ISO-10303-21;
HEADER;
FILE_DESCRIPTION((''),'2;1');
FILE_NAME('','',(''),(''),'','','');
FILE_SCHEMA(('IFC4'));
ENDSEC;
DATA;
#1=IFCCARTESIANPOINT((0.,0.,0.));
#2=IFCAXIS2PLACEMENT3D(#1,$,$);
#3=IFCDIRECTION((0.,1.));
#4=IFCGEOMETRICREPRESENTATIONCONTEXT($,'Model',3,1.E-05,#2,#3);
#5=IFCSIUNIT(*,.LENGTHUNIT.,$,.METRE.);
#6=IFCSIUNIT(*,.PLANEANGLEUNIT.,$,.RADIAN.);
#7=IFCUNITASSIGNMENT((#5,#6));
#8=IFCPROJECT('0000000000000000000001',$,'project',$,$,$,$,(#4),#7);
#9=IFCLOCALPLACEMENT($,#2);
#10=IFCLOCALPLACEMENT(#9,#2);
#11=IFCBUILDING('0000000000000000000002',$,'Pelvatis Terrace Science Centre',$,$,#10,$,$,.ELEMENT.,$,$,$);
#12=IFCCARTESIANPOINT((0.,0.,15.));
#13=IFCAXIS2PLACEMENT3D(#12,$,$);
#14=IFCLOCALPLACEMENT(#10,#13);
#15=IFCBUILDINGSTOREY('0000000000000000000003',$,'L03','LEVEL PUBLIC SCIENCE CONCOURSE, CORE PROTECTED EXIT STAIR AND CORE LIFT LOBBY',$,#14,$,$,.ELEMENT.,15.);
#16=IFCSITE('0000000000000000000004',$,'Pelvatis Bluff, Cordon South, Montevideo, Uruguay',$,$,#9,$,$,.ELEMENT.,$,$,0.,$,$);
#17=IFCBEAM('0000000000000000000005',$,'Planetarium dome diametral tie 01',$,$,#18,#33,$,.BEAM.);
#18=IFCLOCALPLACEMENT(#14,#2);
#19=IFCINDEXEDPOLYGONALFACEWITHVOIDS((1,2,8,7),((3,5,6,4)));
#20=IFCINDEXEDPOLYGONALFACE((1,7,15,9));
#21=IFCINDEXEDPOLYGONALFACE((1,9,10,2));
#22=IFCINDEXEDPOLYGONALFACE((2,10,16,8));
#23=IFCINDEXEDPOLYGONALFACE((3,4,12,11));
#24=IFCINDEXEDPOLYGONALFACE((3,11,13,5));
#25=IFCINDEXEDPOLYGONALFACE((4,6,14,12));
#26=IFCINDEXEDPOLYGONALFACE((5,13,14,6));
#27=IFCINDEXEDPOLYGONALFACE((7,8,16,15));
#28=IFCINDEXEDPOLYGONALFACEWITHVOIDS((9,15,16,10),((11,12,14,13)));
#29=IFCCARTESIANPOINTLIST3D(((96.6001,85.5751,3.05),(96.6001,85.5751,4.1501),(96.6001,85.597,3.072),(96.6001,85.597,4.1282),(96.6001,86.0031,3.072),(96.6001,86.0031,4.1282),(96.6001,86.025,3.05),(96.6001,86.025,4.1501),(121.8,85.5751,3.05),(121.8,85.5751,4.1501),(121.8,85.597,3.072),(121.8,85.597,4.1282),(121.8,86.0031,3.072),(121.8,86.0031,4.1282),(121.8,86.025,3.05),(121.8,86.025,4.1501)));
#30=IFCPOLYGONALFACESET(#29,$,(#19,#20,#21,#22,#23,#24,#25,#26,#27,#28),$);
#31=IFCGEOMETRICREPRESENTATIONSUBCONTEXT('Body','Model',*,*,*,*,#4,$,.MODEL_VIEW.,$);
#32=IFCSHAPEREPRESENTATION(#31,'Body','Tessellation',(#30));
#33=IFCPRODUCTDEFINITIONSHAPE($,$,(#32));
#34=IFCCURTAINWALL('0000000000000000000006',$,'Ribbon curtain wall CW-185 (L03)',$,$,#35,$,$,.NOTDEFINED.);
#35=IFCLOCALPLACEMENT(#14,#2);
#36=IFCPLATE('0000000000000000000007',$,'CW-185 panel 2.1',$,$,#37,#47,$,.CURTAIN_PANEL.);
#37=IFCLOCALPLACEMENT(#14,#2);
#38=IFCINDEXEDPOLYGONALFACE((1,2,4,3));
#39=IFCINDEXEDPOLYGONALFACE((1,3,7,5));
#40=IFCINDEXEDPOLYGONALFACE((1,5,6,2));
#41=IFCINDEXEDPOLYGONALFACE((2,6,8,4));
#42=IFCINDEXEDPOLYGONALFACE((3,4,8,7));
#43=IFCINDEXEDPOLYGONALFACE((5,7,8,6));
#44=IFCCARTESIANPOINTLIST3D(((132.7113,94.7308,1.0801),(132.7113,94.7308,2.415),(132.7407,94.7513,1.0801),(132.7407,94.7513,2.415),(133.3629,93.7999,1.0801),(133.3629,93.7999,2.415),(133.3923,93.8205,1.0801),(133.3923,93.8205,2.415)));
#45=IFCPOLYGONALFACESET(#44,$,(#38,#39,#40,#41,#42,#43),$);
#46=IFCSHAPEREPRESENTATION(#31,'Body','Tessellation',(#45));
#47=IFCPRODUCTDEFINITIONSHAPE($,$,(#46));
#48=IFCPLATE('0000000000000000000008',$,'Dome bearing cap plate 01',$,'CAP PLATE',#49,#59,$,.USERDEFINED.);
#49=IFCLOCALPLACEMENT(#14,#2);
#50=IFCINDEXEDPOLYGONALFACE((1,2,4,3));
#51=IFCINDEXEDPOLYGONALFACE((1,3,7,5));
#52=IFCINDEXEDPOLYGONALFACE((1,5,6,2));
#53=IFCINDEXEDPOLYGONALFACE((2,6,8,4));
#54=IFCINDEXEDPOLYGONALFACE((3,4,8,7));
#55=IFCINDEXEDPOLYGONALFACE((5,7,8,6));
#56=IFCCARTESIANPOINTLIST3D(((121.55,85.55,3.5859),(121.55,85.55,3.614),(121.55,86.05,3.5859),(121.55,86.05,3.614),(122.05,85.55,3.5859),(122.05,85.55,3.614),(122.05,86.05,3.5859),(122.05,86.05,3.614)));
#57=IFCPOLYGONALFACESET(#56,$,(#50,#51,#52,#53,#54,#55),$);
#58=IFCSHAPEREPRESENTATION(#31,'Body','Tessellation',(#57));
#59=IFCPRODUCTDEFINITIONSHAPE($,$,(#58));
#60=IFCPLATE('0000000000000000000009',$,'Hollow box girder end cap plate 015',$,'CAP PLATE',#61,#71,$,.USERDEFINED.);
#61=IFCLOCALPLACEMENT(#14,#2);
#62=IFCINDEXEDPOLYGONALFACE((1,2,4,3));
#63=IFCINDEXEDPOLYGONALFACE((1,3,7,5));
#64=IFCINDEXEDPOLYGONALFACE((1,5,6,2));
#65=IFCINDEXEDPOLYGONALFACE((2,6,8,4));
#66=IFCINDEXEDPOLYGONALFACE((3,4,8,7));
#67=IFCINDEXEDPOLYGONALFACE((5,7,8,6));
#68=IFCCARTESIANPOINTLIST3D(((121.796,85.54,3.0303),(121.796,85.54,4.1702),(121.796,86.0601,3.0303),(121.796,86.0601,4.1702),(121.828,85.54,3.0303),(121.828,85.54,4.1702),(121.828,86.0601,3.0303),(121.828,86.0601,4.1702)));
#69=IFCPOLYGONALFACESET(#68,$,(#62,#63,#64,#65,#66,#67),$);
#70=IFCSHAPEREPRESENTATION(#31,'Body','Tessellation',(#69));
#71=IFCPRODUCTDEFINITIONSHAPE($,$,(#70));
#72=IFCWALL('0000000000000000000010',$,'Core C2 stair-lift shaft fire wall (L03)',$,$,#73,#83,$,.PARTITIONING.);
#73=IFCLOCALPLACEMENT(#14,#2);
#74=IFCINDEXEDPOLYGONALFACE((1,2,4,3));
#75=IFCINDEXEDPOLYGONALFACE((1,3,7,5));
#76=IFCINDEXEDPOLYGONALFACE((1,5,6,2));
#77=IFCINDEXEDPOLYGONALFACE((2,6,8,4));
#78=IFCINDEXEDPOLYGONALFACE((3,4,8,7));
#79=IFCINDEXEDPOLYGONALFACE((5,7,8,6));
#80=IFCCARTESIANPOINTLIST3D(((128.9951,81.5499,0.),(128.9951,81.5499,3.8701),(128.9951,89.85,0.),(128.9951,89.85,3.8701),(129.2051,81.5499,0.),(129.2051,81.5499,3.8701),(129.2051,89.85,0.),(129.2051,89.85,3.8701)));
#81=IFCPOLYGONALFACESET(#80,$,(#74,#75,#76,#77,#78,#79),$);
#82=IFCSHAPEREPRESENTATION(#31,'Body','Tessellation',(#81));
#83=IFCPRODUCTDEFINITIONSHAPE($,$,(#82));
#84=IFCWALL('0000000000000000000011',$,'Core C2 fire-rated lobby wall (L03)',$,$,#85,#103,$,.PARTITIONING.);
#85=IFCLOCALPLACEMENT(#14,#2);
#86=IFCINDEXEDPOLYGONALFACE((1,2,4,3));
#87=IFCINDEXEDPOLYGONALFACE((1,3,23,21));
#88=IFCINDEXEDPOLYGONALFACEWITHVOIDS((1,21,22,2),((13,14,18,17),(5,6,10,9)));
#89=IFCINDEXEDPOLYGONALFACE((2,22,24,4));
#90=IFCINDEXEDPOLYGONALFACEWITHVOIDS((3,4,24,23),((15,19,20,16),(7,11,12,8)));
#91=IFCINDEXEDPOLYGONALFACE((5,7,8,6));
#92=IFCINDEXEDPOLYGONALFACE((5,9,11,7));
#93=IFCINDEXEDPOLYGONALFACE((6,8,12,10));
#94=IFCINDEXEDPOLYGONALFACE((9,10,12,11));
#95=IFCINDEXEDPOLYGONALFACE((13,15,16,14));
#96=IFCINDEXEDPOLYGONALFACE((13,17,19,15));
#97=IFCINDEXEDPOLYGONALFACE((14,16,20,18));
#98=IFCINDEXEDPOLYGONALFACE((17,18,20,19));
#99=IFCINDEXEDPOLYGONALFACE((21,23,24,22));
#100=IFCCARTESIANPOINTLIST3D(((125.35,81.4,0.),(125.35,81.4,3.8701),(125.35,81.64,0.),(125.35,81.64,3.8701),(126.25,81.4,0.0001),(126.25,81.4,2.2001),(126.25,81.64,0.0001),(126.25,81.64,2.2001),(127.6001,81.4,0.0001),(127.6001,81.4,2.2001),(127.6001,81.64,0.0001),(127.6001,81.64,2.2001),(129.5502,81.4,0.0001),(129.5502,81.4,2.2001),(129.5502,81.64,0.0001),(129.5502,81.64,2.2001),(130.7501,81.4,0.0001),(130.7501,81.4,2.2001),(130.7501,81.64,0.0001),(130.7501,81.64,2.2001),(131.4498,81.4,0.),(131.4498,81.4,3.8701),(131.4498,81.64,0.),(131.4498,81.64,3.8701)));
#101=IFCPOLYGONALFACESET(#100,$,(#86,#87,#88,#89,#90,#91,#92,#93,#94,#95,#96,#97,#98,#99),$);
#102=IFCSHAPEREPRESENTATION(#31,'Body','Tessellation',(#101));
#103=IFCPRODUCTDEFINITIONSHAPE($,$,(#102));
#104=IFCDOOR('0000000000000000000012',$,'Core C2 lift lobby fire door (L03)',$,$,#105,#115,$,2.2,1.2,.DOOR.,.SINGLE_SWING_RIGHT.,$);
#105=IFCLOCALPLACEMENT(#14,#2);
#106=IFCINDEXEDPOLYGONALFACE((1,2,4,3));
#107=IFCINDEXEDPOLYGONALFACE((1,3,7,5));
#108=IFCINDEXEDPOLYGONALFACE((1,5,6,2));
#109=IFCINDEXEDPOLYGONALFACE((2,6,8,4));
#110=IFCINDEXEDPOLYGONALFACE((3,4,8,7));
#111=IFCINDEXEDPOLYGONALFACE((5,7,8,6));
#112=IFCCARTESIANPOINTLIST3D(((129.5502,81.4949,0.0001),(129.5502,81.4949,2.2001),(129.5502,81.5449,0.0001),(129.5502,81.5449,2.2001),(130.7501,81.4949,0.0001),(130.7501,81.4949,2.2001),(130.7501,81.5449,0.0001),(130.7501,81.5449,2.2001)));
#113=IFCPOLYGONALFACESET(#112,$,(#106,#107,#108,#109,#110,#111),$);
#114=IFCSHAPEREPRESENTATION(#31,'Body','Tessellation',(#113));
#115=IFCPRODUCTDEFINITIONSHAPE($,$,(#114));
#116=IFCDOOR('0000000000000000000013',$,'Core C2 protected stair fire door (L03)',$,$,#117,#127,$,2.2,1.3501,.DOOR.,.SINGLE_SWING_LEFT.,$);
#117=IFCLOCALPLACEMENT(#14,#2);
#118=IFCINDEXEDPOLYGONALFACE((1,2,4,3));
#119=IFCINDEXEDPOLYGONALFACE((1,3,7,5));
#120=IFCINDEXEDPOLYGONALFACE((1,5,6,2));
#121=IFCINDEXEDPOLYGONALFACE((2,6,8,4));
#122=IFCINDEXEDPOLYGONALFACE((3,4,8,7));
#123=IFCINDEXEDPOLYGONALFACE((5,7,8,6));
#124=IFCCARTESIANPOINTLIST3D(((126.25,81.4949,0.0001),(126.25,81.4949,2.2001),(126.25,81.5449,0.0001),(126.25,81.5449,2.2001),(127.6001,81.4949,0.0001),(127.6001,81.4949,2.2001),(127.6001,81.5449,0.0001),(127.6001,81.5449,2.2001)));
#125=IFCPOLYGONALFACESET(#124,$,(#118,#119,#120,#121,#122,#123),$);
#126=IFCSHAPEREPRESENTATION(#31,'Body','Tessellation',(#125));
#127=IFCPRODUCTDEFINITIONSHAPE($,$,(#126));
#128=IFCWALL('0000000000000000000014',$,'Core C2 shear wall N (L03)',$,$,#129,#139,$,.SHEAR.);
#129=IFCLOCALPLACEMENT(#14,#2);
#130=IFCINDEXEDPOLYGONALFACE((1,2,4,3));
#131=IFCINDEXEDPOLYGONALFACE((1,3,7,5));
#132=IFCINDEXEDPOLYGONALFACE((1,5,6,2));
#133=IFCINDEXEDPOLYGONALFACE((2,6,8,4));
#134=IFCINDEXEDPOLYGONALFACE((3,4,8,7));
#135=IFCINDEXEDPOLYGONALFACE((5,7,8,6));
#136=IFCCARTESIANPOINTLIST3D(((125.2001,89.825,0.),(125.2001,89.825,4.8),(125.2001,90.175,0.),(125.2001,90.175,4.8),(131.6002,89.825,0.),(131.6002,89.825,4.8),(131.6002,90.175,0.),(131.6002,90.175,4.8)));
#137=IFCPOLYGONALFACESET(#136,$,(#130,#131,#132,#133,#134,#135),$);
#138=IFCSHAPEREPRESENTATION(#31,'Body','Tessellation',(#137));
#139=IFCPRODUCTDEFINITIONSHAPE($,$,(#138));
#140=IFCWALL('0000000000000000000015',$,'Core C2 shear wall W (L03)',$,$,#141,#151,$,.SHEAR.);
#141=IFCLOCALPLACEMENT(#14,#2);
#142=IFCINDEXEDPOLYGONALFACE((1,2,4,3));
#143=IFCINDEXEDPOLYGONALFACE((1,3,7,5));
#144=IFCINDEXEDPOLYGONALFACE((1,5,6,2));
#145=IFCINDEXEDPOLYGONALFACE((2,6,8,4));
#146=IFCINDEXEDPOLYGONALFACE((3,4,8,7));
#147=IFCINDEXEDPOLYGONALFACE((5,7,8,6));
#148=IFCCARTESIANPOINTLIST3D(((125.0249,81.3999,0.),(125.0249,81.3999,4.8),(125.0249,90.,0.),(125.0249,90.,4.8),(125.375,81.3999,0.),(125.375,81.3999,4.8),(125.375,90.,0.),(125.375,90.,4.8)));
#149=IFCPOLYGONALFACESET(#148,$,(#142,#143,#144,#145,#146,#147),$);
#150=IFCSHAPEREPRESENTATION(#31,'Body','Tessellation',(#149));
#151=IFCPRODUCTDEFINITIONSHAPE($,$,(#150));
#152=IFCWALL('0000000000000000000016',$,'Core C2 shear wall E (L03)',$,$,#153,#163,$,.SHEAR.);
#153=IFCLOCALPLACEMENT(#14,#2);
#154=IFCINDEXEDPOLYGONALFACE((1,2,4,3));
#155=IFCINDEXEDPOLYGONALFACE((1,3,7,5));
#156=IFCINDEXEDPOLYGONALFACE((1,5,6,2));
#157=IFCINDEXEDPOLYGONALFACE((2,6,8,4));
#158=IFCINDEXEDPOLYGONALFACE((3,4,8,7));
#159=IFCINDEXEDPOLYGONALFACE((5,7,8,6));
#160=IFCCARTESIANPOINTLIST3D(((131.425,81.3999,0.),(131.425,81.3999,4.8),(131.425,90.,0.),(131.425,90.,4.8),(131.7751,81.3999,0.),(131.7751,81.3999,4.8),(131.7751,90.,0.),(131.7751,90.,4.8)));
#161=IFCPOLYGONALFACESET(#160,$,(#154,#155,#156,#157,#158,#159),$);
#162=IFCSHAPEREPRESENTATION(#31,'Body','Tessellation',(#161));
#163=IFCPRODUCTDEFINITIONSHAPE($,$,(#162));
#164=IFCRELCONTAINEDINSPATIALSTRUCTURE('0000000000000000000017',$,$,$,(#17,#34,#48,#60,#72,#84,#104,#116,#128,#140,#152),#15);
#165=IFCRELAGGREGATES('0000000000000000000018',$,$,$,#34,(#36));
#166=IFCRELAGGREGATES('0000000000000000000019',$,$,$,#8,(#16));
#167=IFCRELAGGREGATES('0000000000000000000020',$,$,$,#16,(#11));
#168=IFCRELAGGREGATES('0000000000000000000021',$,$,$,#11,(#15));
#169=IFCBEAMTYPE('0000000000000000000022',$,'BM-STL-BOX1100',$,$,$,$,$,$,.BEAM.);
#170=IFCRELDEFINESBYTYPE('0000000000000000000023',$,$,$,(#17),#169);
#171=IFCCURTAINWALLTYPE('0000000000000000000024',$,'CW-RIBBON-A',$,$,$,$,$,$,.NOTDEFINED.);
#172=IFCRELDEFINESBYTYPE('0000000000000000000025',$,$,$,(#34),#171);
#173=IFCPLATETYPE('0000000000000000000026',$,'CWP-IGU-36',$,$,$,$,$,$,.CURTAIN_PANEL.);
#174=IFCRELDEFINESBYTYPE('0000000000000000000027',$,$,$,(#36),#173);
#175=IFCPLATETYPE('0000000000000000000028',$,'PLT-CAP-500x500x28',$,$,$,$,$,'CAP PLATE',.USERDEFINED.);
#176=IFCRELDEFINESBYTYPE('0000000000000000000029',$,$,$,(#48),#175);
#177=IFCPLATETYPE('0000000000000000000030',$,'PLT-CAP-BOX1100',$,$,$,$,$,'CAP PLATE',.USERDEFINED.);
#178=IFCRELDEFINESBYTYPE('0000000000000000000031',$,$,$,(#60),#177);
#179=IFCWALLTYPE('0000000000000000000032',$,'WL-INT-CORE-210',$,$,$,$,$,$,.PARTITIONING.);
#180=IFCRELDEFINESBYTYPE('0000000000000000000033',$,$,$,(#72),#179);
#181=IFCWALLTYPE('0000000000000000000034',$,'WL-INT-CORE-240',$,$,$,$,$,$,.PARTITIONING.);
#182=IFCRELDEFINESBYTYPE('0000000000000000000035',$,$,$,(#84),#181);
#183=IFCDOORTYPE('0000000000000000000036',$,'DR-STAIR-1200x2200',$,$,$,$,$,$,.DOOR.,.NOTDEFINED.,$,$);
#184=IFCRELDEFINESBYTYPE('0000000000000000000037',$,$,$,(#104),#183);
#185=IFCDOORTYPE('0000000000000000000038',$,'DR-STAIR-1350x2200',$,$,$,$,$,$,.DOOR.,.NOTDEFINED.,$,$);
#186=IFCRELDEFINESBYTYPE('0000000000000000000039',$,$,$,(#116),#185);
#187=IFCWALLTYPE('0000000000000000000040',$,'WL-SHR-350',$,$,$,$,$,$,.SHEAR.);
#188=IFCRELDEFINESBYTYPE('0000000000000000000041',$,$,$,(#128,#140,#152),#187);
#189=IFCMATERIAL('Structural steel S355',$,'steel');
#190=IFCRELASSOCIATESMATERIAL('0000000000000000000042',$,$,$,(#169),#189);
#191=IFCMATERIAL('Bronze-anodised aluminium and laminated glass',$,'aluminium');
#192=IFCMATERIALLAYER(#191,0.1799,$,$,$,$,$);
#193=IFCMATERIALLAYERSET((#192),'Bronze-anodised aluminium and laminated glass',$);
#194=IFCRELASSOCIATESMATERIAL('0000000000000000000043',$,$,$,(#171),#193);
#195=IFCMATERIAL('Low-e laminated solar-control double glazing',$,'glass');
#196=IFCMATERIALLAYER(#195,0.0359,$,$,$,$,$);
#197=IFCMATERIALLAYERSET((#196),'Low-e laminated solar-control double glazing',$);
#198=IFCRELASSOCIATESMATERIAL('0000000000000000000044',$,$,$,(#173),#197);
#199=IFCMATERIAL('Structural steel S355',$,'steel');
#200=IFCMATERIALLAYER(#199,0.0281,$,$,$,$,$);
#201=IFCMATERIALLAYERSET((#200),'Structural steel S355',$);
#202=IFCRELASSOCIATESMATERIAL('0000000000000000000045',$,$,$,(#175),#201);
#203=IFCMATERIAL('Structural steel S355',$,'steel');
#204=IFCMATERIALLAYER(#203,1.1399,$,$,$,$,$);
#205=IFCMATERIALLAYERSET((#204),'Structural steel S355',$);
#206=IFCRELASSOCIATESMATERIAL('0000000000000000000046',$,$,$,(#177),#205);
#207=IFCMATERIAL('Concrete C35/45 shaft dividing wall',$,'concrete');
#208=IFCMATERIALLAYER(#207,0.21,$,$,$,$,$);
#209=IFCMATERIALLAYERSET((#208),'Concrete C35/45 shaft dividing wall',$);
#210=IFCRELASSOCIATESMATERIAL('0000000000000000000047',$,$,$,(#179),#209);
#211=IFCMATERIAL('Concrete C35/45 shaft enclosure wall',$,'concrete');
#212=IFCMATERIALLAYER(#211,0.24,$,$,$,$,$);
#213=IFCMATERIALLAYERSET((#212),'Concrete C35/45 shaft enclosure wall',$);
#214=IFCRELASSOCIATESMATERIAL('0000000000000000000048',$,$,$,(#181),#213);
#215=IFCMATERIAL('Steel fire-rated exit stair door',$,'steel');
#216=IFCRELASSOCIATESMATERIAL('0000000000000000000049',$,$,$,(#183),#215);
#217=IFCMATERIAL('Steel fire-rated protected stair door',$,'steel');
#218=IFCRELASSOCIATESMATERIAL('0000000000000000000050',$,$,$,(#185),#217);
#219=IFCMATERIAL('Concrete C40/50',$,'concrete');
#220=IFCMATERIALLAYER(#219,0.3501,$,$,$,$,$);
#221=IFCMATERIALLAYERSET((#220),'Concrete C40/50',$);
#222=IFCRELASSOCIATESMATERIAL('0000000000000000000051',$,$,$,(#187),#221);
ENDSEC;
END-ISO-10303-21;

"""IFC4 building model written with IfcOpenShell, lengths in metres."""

from ifc_helpers import new_model, si_unit, direction, frame, frame_2d, origin, origin_2d, place, context, subcontext, project, spatial, rectangle, hollow_rectangle, extrude, material, layer, layer_set, material_profile, profile_set, type_object, element, fill, aggregate, save


model = new_model("IFC4")

# Units and contexts
model_context = context("Model", 3, precision=1e-05, world=origin(), true_north=direction((0.0, 1.0)))
body_context = subcontext(model_context, "Body", "Model", "MODEL_VIEW")
ifc_project = project(units=[si_unit("LENGTHUNIT", "METRE"), si_unit("PLANEANGLEUNIT", "RADIAN")], contexts=[model_context])

# Site, building, storey
site_placement = place(None, origin())
site = spatial("IfcSite", under=ifc_project, at=site_placement, Name="Pelvatis Bluff, Cordon South, Montevideo, Uruguay", CompositionType="ELEMENT", RefElevation=0.0)
building_placement = place(site_placement, origin())
building = spatial("IfcBuilding", under=site, at=building_placement, Name="Pelvatis Terrace Science Centre", CompositionType="ELEMENT")
storey_placement = place(building_placement, frame((0.0, 0.0, 15.0)))
storey = spatial("IfcBuildingStorey", under=building, at=storey_placement, Name="L03", Description="LEVEL PUBLIC SCIENCE CONCOURSE, CORE PROTECTED EXIT STAIR AND CORE LIFT LOBBY", CompositionType="ELEMENT", Elevation=15.0)

# Beam
ifc_material_1 = material(Name="Structural steel S355", Category="steel")
ifc_material_profile_1 = material_profile(ifc_material_1, hollow_rectangle(XDim=0.45, YDim=1.1001, WallThickness=0.022, at=origin_2d()), Name="RHS 1100x450x22.0")
ifc_profile_set_1 = profile_set([ifc_material_profile_1], Name="Structural steel S355")
beam_type_1 = type_object("IfcBeamType", Name="BM-STL-BOX1100", PredefinedType="BEAM", material=ifc_profile_set_1)
beam_1_placement = place(storey_placement, frame((121.8, 85.8, 3.6001), z_axis=(-1.0, 0.0, 0.0), x_axis=(0.0, -1.0, 0.0)))
element("IfcBeam", 1, at=beam_1_placement, inside=storey, type_object=beam_type_1, Name="Planetarium dome diametral tie 01", PredefinedType="BEAM", context=body_context, shape_type="SweptSolid", body=[
    extrude(hollow_rectangle(XDim=0.45, YDim=1.1001, WallThickness=0.022, at=origin_2d()), origin(), (0.0, 0.0, 1.0), 25.2),
])

# Curtain wall, plate
ifc_material_2 = material(Name="Bronze-anodised aluminium and laminated glass", Category="aluminium")
ifc_layer_1 = layer(ifc_material_2, 0.1799)
ifc_layer_set_1 = layer_set([ifc_layer_1], Name="Bronze-anodised aluminium and laminated glass")
curtain_wall_type = type_object("IfcCurtainWallType", Name="CW-RIBBON-A", PredefinedType="NOTDEFINED", material=ifc_layer_set_1)
curtain_wall_placement = place(storey_placement, origin())
curtain_wall = element("IfcCurtainWall", 2, at=curtain_wall_placement, inside=storey, type_object=curtain_wall_type, Name="Ribbon curtain wall CW-185 (L03)", PredefinedType="NOTDEFINED")
ifc_material_3 = material(Name="Low-e laminated solar-control double glazing", Category="glass")
ifc_layer_2 = layer(ifc_material_3, 0.0359)
ifc_layer_set_2 = layer_set([ifc_layer_2], Name="Low-e laminated solar-control double glazing")
plate_type_1 = type_object("IfcPlateType", Name="CWP-IGU-36", PredefinedType="CURTAIN_PANEL", material=ifc_layer_set_2)
plate_1_placement = place(storey_placement, frame((133.0518, 94.2756, 1.0801), z_axis=(0.0, 0.0, 1.0), x_axis=(-0.573468, 0.819228, 0.0)))
plate_1 = element("IfcPlate", 3, at=plate_1_placement, type_object=plate_type_1, Name="CW-185 panel 2.1", PredefinedType="CURTAIN_PANEL", context=body_context, shape_type="SweptSolid", body=[
    extrude(rectangle(XDim=1.1362, YDim=0.0359, at=origin_2d()), origin(), (0.0, 0.0, 1.0), 1.335),
])
aggregate(curtain_wall, [plate_1])

# Plates
ifc_material_4 = material(Name="Structural steel S355", Category="steel")
ifc_layer_3 = layer(ifc_material_4, 0.0281)
ifc_layer_set_3 = layer_set([ifc_layer_3], Name="Structural steel S355")
plate_type_2 = type_object("IfcPlateType", Name="PLT-CAP-500x500x28", ElementType="CAP PLATE", PredefinedType="USERDEFINED", material=ifc_layer_set_3)
plate_2_placement = place(storey_placement, frame((121.8, 85.8, 3.5859), z_axis=(0.0, 0.0, 1.0), x_axis=(1.0, 0.0, 0.0)))
element("IfcPlate", 4, at=plate_2_placement, inside=storey, type_object=plate_type_2, Name="Dome bearing cap plate 01", ObjectType="CAP PLATE", PredefinedType="USERDEFINED", context=body_context, shape_type="SweptSolid", body=[
    extrude(rectangle(XDim=0.5, YDim=0.5, at=origin_2d()), origin(), (0.0, 0.0, 1.0), 0.0281),
])
ifc_material_5 = material(Name="Structural steel S355", Category="steel")
ifc_layer_4 = layer(ifc_material_5, 1.1399)
ifc_layer_set_4 = layer_set([ifc_layer_4], Name="Structural steel S355")
plate_type_3 = type_object("IfcPlateType", Name="PLT-CAP-BOX1100", ElementType="CAP PLATE", PredefinedType="USERDEFINED", material=ifc_layer_set_4)
plate_3_placement = place(storey_placement, frame((121.812, 85.8, 3.0303), z_axis=(0.0, 0.0, 1.0), x_axis=(-1.0, 0.0, 0.0)))
element("IfcPlate", 5, at=plate_3_placement, inside=storey, type_object=plate_type_3, Name="Hollow box girder end cap plate 015", ObjectType="CAP PLATE", PredefinedType="USERDEFINED", context=body_context, shape_type="SweptSolid", body=[
    extrude(rectangle(XDim=0.032, YDim=0.52, at=origin_2d()), origin(), (0.0, 0.0, 1.0), 1.1399),
])

# Wall
ifc_material_6 = material(Name="Concrete C35/45 shaft dividing wall", Category="concrete")
ifc_layer_5 = layer(ifc_material_6, 0.21)
ifc_layer_set_5 = layer_set([ifc_layer_5], Name="Concrete C35/45 shaft dividing wall")
wall_type_1 = type_object("IfcWallType", Name="WL-INT-CORE-210", PredefinedType="PARTITIONING", material=ifc_layer_set_5)
wall_1_placement = place(storey_placement, frame((129.1001, 81.55, 0.0), z_axis=(0.0, 0.0, 1.0), x_axis=(0.0, 1.0, 0.0)))
element("IfcWall", 6, at=wall_1_placement, inside=storey, type_object=wall_type_1, Name="Core C2 stair-lift shaft fire wall (L03)", PredefinedType="PARTITIONING", context=body_context, shape_type="SweptSolid", body=[
    extrude(rectangle(XDim=8.3, YDim=0.21, at=frame_2d((4.1499, 0.0))), origin(), (0.0, 0.0, 1.0), 3.8701),
])

# Wall, openings, doors
ifc_material_7 = material(Name="Concrete C35/45 shaft enclosure wall", Category="concrete")
ifc_layer_6 = layer(ifc_material_7, 0.24)
ifc_layer_set_6 = layer_set([ifc_layer_6], Name="Concrete C35/45 shaft enclosure wall")
wall_type_2 = type_object("IfcWallType", Name="WL-INT-CORE-240", PredefinedType="PARTITIONING", material=ifc_layer_set_6)
wall_2_placement = place(storey_placement, frame((125.3501, 81.52, 0.0), z_axis=(0.0, 0.0, 1.0), x_axis=(1.0, 0.0, 0.0)))
wall_2 = element("IfcWall", 7, at=wall_2_placement, inside=storey, type_object=wall_type_2, Name="Core C2 fire-rated lobby wall (L03)", PredefinedType="PARTITIONING", context=body_context, shape_type="SweptSolid", body=[
    extrude(rectangle(XDim=6.0999, YDim=0.24, at=frame_2d((3.0498, 0.0))), origin(), (0.0, 0.0, 1.0), 3.8701),
])
opening_1_placement = place(wall_2_placement, frame((0.8999, 0.0, 0.0)))
opening_1 = element("IfcOpeningElement", 8, at=opening_1_placement, cuts=wall_2, PredefinedType="OPENING", context=body_context, shape_type="SweptSolid", body=[
    extrude(rectangle(XDim=1.3501, YDim=2.2, at=frame_2d((0.675, 1.1001))), frame((0.0, 0.1299, 0.0), z_axis=(0.0, -1.0, 0.0), x_axis=(1.0, 0.0, 0.0)), (0.0, 0.0, 1.0), 0.26),
])
opening_2_placement = place(wall_2_placement, frame((4.2, 0.0, 0.0)))
opening_2 = element("IfcOpeningElement", 9, at=opening_2_placement, cuts=wall_2, PredefinedType="OPENING", context=body_context, shape_type="SweptSolid", body=[
    extrude(rectangle(XDim=1.2, YDim=2.2, at=frame_2d((0.6001, 1.1001))), frame((0.0, 0.1299, 0.0), z_axis=(0.0, -1.0, 0.0), x_axis=(1.0, 0.0, 0.0)), (0.0, 0.0, 1.0), 0.26),
])
ifc_material_8 = material(Name="Steel fire-rated exit stair door", Category="steel")
door_type_1 = type_object("IfcDoorType", Name="DR-STAIR-1200x2200", OperationType="NOTDEFINED", PredefinedType="DOOR", material=ifc_material_8)
door_1_placement = place(opening_2_placement, origin())
door_1 = element("IfcDoor", 10, at=door_1_placement, inside=storey, type_object=door_type_1, Name="Core C2 lift lobby fire door (L03)", OperationType="SINGLE_SWING_RIGHT", OverallHeight=2.2, OverallWidth=1.2, PredefinedType="DOOR", context=body_context, shape_type="SweptSolid", body=[
    extrude(rectangle(XDim=1.2, YDim=2.2, at=frame_2d((0.6001, 1.1001))), frame((0.0, 0.0249, 0.0), z_axis=(0.0, -1.0, 0.0), x_axis=(1.0, 0.0, 0.0)), (0.0, 0.0, 1.0), 0.05),
])
fill(opening_2, door_1)
ifc_material_9 = material(Name="Steel fire-rated protected stair door", Category="steel")
door_type_2 = type_object("IfcDoorType", Name="DR-STAIR-1350x2200", OperationType="NOTDEFINED", PredefinedType="DOOR", material=ifc_material_9)
door_2_placement = place(opening_1_placement, origin())
door_2 = element("IfcDoor", 11, at=door_2_placement, inside=storey, type_object=door_type_2, Name="Core C2 protected stair fire door (L03)", OperationType="SINGLE_SWING_LEFT", OverallHeight=2.2, OverallWidth=1.3501, PredefinedType="DOOR", context=body_context, shape_type="SweptSolid", body=[
    extrude(rectangle(XDim=1.3501, YDim=2.2, at=frame_2d((0.675, 1.1001))), frame((0.0, 0.0249, 0.0), z_axis=(0.0, -1.0, 0.0), x_axis=(1.0, 0.0, 0.0)), (0.0, 0.0, 1.0), 0.05),
])
fill(opening_1, door_2)

# Walls
ifc_material_10 = material(Name="Concrete C40/50", Category="concrete")
ifc_layer_7 = layer(ifc_material_10, 0.3501)
ifc_layer_set_7 = layer_set([ifc_layer_7], Name="Concrete C40/50")
wall_type_3 = type_object("IfcWallType", Name="WL-SHR-350", PredefinedType="SHEAR", material=ifc_layer_set_7)
wall_3_placement = place(storey_placement, frame((125.2, 90.0, 0.0), z_axis=(0.0, 0.0, 1.0), x_axis=(1.0, 0.0, 0.0)))
element("IfcWall", 12, at=wall_3_placement, inside=storey, type_object=wall_type_3, Name="Core C2 shear wall N (L03)", PredefinedType="SHEAR", context=body_context, shape_type="SweptSolid", body=[
    extrude(rectangle(XDim=6.4001, YDim=0.3501, at=frame_2d((3.2002, 0.0))), origin(), (0.0, 0.0, 1.0), 4.8),
])
for number, where, z_axis, x_axis, name in (
    (13, (125.2, 81.3999, 0.0), (0.0, 0.0, 1.0), (0.0, 1.0, 0.0), "Core C2 shear wall W (L03)"),
    (14, (131.6001, 81.3999, 0.0), (0.0, 0.0, 1.0), (0.0, 1.0, 0.0), "Core C2 shear wall E (L03)"),
):
    element("IfcWall", number, at=place(storey_placement, frame(where, z_axis=z_axis, x_axis=x_axis)), inside=storey, type_object=wall_type_3, Name=name, PredefinedType="SHEAR", context=body_context, shape_type="SweptSolid", body=[
        extrude(rectangle(XDim=8.6001, YDim=0.3501, at=frame_2d((4.3, 0.0))), origin(), (0.0, 0.0, 1.0), 4.8),
    ])

save(model, "model.ifc")
